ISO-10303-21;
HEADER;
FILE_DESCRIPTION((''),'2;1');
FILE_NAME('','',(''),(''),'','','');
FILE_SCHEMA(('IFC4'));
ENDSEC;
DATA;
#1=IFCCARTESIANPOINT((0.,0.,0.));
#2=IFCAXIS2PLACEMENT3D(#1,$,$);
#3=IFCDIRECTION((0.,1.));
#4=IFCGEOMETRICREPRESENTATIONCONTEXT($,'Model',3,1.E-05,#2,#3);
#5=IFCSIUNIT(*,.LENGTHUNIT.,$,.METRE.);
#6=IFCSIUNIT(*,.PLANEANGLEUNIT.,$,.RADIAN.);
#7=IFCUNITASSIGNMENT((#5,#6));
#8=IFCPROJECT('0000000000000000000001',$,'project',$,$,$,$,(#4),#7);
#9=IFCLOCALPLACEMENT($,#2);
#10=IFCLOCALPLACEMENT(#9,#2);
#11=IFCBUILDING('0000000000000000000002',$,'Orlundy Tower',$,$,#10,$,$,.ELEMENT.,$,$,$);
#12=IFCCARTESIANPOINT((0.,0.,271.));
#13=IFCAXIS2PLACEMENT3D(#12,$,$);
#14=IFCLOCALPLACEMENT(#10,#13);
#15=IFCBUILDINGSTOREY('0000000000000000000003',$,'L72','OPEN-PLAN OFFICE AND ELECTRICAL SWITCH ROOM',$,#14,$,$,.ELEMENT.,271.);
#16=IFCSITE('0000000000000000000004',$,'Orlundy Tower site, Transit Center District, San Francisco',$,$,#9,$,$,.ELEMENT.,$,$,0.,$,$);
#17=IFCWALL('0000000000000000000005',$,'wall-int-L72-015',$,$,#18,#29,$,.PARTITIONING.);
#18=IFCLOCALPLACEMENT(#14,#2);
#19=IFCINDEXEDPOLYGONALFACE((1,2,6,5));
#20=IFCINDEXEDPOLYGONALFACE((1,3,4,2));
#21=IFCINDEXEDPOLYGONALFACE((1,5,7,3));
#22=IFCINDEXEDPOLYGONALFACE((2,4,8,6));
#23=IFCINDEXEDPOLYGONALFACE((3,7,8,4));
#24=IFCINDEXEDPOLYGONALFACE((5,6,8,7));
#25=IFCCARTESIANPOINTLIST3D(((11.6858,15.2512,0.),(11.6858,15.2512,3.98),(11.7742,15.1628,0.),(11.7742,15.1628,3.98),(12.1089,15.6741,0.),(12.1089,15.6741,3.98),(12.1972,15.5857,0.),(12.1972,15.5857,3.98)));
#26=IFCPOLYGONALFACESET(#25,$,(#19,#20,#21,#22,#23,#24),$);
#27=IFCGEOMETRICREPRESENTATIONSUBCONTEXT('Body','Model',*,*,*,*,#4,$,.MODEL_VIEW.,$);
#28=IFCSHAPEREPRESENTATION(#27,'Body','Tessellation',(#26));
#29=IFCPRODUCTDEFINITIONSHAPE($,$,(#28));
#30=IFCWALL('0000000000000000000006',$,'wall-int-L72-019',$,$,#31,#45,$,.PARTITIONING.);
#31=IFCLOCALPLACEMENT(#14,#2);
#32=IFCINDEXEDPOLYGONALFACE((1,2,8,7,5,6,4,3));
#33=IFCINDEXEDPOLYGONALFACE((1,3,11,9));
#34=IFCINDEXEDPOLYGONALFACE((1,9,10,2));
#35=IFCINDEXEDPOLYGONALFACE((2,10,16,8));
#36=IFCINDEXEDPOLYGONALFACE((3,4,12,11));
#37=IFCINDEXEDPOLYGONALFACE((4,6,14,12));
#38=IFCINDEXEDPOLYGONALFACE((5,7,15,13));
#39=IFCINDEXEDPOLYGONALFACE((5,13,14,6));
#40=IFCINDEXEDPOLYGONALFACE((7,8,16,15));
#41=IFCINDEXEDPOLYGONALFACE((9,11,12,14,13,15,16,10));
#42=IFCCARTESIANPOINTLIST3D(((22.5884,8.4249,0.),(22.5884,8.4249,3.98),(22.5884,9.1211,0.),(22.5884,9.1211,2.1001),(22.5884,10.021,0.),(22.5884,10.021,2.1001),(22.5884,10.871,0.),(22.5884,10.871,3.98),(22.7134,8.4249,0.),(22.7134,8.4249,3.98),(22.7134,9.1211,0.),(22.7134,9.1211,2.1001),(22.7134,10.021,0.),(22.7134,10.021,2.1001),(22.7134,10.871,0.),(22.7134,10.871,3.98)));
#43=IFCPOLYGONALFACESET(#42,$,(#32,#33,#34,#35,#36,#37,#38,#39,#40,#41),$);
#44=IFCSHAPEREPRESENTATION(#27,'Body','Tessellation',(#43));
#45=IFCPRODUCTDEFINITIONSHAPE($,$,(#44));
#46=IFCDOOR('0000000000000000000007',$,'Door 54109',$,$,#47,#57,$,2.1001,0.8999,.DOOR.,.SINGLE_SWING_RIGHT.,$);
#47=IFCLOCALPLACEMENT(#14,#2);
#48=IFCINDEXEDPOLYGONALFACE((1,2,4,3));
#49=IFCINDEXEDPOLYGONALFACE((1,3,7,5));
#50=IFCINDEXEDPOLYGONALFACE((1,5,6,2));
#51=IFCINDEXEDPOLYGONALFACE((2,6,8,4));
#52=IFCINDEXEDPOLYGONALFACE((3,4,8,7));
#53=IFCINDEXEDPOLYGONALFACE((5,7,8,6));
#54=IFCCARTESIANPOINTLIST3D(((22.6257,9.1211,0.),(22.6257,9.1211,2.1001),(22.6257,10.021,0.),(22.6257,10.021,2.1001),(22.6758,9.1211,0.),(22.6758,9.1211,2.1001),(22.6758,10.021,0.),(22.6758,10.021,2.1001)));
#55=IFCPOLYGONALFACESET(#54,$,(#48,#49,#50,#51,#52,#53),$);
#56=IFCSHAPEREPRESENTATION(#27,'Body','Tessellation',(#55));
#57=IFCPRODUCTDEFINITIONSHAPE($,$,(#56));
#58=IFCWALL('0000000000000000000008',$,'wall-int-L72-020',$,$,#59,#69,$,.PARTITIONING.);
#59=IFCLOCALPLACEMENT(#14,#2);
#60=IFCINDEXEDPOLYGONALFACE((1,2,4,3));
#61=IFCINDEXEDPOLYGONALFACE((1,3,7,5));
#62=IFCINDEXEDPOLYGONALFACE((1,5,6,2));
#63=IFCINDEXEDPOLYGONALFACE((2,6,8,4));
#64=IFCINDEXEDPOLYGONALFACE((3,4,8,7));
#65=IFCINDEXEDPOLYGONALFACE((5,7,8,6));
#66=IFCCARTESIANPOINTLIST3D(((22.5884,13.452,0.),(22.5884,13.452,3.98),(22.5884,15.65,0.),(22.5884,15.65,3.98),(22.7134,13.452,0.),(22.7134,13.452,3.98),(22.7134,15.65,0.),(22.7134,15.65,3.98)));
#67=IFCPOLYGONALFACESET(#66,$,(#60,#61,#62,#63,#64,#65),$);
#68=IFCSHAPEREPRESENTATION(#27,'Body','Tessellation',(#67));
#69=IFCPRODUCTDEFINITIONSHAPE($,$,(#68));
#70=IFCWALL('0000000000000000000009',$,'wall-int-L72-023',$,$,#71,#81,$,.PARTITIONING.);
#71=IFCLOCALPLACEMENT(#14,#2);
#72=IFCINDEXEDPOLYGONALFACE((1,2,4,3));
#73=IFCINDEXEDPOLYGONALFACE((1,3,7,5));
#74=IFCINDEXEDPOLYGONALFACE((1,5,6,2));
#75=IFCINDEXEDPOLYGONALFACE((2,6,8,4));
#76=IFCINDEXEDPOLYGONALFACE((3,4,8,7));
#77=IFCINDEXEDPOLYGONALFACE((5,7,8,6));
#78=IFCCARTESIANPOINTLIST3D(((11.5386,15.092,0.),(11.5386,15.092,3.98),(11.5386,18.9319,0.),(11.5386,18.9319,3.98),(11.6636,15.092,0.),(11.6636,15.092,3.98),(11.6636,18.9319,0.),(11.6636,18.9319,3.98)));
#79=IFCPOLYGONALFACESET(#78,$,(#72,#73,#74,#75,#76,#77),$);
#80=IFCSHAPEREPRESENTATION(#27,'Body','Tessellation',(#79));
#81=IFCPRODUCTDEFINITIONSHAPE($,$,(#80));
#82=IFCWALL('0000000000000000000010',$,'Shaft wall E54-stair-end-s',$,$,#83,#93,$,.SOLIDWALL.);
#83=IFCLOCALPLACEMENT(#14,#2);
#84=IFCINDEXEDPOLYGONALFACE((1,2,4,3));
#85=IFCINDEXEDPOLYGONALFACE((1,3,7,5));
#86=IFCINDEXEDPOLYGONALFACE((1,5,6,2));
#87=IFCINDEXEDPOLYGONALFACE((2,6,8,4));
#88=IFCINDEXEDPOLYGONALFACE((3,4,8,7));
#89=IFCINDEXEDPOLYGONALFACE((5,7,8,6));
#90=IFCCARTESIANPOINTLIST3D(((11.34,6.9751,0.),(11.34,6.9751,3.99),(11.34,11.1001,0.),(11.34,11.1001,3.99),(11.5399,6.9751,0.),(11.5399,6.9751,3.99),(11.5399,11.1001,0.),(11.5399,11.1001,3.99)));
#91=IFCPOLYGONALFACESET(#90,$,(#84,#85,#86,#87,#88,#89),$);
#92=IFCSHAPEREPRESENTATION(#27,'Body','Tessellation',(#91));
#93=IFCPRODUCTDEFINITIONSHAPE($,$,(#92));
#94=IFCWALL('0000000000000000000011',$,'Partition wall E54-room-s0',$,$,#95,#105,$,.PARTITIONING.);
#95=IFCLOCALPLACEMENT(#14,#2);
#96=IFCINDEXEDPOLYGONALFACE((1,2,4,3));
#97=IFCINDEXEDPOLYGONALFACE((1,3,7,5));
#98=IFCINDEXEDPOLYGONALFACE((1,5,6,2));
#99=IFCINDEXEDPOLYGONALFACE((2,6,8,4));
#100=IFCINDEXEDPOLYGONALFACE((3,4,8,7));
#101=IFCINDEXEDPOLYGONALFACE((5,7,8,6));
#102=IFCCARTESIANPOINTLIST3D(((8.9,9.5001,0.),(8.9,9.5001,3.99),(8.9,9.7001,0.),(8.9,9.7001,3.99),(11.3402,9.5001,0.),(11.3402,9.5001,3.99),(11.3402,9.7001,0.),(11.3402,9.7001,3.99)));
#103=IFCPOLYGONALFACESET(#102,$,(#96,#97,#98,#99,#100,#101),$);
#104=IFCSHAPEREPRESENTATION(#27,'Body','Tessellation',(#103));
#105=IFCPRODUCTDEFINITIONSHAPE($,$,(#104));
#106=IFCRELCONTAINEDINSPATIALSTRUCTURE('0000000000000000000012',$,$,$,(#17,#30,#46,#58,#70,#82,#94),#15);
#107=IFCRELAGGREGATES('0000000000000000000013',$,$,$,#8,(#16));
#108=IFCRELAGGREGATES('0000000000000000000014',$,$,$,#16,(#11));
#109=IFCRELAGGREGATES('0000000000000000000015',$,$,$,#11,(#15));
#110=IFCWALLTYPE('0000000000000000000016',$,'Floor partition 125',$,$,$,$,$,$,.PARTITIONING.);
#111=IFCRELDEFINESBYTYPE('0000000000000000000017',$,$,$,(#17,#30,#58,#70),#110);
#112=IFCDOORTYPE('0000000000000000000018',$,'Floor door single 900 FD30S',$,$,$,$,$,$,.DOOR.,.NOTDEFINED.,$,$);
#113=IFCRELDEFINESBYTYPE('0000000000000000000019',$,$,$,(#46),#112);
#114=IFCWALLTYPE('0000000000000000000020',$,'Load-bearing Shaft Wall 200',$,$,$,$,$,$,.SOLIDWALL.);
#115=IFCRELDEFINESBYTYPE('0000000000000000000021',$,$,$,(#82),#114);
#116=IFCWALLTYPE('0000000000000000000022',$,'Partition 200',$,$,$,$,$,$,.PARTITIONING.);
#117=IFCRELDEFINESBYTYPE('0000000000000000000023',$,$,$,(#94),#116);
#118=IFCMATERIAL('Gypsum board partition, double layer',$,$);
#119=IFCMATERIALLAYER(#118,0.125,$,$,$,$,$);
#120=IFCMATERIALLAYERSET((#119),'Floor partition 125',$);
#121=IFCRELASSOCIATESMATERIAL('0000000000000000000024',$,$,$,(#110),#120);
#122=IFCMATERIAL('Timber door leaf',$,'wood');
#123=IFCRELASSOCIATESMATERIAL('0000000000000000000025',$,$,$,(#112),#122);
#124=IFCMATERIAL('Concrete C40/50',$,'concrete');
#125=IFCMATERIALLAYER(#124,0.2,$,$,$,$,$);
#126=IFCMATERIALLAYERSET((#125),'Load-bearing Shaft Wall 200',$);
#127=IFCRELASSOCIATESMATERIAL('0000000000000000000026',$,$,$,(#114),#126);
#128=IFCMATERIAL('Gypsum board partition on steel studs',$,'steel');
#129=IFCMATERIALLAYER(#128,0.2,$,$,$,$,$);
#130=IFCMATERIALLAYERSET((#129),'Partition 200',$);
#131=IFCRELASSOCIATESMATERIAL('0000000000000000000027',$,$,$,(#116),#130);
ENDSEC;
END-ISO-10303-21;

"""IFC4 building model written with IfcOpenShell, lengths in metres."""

from ifc_helpers import new_model, si_unit, direction, frame, frame_2d, origin, place, context, subcontext, project, spatial, rectangle, extrude, material, layer, layer_set, type_object, element, fill, save


model = new_model("IFC4")

# Units and contexts
model_context = context("Model", 3, precision=1e-05, world=origin(), true_north=direction((0.0, 1.0)))
body_context = subcontext(model_context, "Body", "Model", "MODEL_VIEW")
ifc_project = project(units=[si_unit("LENGTHUNIT", "METRE"), si_unit("PLANEANGLEUNIT", "RADIAN")], contexts=[model_context])

# Site, building, storey
site_placement = place(None, origin())
site = spatial("IfcSite", under=ifc_project, at=site_placement, Name="Orlundy Tower site, Transit Center District, San Francisco", CompositionType="ELEMENT", RefElevation=0.0)
building_placement = place(site_placement, origin())
building = spatial("IfcBuilding", under=site, at=building_placement, Name="Orlundy Tower", CompositionType="ELEMENT")
storey_placement = place(building_placement, frame((0.0, 0.0, 271.0)))
storey = spatial("IfcBuildingStorey", under=building, at=storey_placement, Name="L72", Description="OPEN-PLAN OFFICE AND ELECTRICAL SWITCH ROOM", CompositionType="ELEMENT", Elevation=271.0)

# Shared definitions
ifc_material_1 = material(Name="Gypsum board partition, double layer")
ifc_layer_1 = layer(ifc_material_1, 0.125)
ifc_layer_set_1 = layer_set([ifc_layer_1], Name="Floor partition 125")
wall_type_1 = type_object("IfcWallType", Name="Floor partition 125", PredefinedType="PARTITIONING", material=ifc_layer_set_1)

# Wall
wall_1_placement = place(storey_placement, frame((11.73, 15.207, 0.0), z_axis=(0.0, 0.0, 1.0), x_axis=(0.707311, 0.706903, 0.0)))
element("IfcWall", 1, at=wall_1_placement, inside=storey, type_object=wall_type_1, Name="wall-int-L72-015", PredefinedType="PARTITIONING", context=body_context, shape_type="SweptSolid", body=[
    extrude(rectangle(XDim=0.5981, YDim=0.125, at=frame_2d((0.2991, 0.0))), origin(), (0.0, 0.0, 1.0), 3.98),
])

# Wall, opening, door
wall_2_placement = place(storey_placement, frame((22.6509, 10.8711, 0.0), z_axis=(0.0, 0.0, 1.0), x_axis=(0.0, -1.0, 0.0)))
wall_2 = element("IfcWall", 2, at=wall_2_placement, inside=storey, type_object=wall_type_1, Name="wall-int-L72-019", PredefinedType="PARTITIONING", context=body_context, shape_type="SweptSolid", body=[
    extrude(rectangle(XDim=2.446, YDim=0.125, at=frame_2d((1.2231, 0.0))), origin(), (0.0, 0.0, 1.0), 3.98),
])
opening_1_placement = place(wall_2_placement, frame((0.8501, 0.0, 0.0)))
opening_1 = element("IfcOpeningElement", 3, at=opening_1_placement, cuts=wall_2, PredefinedType="OPENING", context=body_context, shape_type="SweptSolid", body=[
    extrude(rectangle(XDim=0.8999, YDim=2.1001, at=frame_2d((0.45, 1.05))), frame((0.0, 0.0725, 0.0), z_axis=(0.0, -1.0, 0.0), x_axis=(1.0, 0.0, 0.0)), (0.0, 0.0, 1.0), 0.145),
])
ifc_material_2 = material(Name="Timber door leaf", Category="wood")
door_type_1 = type_object("IfcDoorType", Name="Floor door single 900 FD30S", OperationType="NOTDEFINED", PredefinedType="DOOR", material=ifc_material_2)
door_1_placement = place(opening_1_placement, origin())
door_1 = element("IfcDoor", 4, at=door_1_placement, inside=storey, type_object=door_type_1, Name="Door 54109", OperationType="SINGLE_SWING_RIGHT", OverallHeight=2.1001, OverallWidth=0.8999, PredefinedType="DOOR", context=body_context, shape_type="SweptSolid", body=[
    extrude(rectangle(XDim=0.8999, YDim=2.1001, at=frame_2d((0.45, 1.05))), frame((0.0, 0.0249, 0.0), z_axis=(0.0, -1.0, 0.0), x_axis=(1.0, 0.0, 0.0)), (0.0, 0.0, 1.0), 0.05),
])
fill(opening_1, door_1)

# Walls
wall_3_placement = place(storey_placement, frame((22.6509, 13.4519, 0.0), z_axis=(0.0, 0.0, 1.0), x_axis=(0.0, 1.0, 0.0)))
element("IfcWall", 5, at=wall_3_placement, inside=storey, type_object=wall_type_1, Name="wall-int-L72-020", PredefinedType="PARTITIONING", context=body_context, shape_type="SweptSolid", body=[
    extrude(rectangle(XDim=2.198, YDim=0.125, at=frame_2d((1.0991, 0.0))), origin(), (0.0, 0.0, 1.0), 3.98),
])
wall_4_placement = place(storey_placement, frame((11.6011, 15.092, 0.0), z_axis=(0.0, 0.0, 1.0), x_axis=(0.0, 1.0, 0.0)))
element("IfcWall", 6, at=wall_4_placement, inside=storey, type_object=wall_type_1, Name="wall-int-L72-023", PredefinedType="PARTITIONING", context=body_context, shape_type="SweptSolid", body=[
    extrude(rectangle(XDim=3.8398, YDim=0.125, at=frame_2d((1.9199, 0.0))), origin(), (0.0, 0.0, 1.0), 3.98),
])
ifc_material_3 = material(Name="Concrete C40/50", Category="concrete")
ifc_layer_2 = layer(ifc_material_3, 0.2)
ifc_layer_set_2 = layer_set([ifc_layer_2], Name="Load-bearing Shaft Wall 200")
wall_type_2 = type_object("IfcWallType", Name="Load-bearing Shaft Wall 200", PredefinedType="SOLIDWALL", material=ifc_layer_set_2)
wall_5_placement = place(storey_placement, frame((11.4399, 11.1001, 0.0), z_axis=(0.0, 0.0, 1.0), x_axis=(0.0, -1.0, 0.0)))
element("IfcWall", 7, at=wall_5_placement, inside=storey, type_object=wall_type_2, Name="Shaft wall E54-stair-end-s", PredefinedType="SOLIDWALL", context=body_context, shape_type="SweptSolid", body=[
    extrude(rectangle(XDim=4.125, YDim=0.2, at=frame_2d((2.0625, 0.0))), origin(), (0.0, 0.0, 1.0), 3.99),
])
ifc_material_4 = material(Name="Gypsum board partition on steel studs", Category="steel")
ifc_layer_3 = layer(ifc_material_4, 0.2)
ifc_layer_set_3 = layer_set([ifc_layer_3], Name="Partition 200")
wall_type_3 = type_object("IfcWallType", Name="Partition 200", PredefinedType="PARTITIONING", material=ifc_layer_set_3)
wall_6_placement = place(storey_placement, frame((8.8999, 9.6001, 0.0), z_axis=(0.0, 0.0, 1.0), x_axis=(1.0, 0.0, 0.0)))
element("IfcWall", 8, at=wall_6_placement, inside=storey, type_object=wall_type_3, Name="Partition wall E54-room-s0", PredefinedType="PARTITIONING", context=body_context, shape_type="SweptSolid", body=[
    extrude(rectangle(XDim=2.4402, YDim=0.2, at=frame_2d((1.2202, 0.0))), origin(), (0.0, 0.0, 1.0), 3.99),
])

save(model, "model.ifc")
